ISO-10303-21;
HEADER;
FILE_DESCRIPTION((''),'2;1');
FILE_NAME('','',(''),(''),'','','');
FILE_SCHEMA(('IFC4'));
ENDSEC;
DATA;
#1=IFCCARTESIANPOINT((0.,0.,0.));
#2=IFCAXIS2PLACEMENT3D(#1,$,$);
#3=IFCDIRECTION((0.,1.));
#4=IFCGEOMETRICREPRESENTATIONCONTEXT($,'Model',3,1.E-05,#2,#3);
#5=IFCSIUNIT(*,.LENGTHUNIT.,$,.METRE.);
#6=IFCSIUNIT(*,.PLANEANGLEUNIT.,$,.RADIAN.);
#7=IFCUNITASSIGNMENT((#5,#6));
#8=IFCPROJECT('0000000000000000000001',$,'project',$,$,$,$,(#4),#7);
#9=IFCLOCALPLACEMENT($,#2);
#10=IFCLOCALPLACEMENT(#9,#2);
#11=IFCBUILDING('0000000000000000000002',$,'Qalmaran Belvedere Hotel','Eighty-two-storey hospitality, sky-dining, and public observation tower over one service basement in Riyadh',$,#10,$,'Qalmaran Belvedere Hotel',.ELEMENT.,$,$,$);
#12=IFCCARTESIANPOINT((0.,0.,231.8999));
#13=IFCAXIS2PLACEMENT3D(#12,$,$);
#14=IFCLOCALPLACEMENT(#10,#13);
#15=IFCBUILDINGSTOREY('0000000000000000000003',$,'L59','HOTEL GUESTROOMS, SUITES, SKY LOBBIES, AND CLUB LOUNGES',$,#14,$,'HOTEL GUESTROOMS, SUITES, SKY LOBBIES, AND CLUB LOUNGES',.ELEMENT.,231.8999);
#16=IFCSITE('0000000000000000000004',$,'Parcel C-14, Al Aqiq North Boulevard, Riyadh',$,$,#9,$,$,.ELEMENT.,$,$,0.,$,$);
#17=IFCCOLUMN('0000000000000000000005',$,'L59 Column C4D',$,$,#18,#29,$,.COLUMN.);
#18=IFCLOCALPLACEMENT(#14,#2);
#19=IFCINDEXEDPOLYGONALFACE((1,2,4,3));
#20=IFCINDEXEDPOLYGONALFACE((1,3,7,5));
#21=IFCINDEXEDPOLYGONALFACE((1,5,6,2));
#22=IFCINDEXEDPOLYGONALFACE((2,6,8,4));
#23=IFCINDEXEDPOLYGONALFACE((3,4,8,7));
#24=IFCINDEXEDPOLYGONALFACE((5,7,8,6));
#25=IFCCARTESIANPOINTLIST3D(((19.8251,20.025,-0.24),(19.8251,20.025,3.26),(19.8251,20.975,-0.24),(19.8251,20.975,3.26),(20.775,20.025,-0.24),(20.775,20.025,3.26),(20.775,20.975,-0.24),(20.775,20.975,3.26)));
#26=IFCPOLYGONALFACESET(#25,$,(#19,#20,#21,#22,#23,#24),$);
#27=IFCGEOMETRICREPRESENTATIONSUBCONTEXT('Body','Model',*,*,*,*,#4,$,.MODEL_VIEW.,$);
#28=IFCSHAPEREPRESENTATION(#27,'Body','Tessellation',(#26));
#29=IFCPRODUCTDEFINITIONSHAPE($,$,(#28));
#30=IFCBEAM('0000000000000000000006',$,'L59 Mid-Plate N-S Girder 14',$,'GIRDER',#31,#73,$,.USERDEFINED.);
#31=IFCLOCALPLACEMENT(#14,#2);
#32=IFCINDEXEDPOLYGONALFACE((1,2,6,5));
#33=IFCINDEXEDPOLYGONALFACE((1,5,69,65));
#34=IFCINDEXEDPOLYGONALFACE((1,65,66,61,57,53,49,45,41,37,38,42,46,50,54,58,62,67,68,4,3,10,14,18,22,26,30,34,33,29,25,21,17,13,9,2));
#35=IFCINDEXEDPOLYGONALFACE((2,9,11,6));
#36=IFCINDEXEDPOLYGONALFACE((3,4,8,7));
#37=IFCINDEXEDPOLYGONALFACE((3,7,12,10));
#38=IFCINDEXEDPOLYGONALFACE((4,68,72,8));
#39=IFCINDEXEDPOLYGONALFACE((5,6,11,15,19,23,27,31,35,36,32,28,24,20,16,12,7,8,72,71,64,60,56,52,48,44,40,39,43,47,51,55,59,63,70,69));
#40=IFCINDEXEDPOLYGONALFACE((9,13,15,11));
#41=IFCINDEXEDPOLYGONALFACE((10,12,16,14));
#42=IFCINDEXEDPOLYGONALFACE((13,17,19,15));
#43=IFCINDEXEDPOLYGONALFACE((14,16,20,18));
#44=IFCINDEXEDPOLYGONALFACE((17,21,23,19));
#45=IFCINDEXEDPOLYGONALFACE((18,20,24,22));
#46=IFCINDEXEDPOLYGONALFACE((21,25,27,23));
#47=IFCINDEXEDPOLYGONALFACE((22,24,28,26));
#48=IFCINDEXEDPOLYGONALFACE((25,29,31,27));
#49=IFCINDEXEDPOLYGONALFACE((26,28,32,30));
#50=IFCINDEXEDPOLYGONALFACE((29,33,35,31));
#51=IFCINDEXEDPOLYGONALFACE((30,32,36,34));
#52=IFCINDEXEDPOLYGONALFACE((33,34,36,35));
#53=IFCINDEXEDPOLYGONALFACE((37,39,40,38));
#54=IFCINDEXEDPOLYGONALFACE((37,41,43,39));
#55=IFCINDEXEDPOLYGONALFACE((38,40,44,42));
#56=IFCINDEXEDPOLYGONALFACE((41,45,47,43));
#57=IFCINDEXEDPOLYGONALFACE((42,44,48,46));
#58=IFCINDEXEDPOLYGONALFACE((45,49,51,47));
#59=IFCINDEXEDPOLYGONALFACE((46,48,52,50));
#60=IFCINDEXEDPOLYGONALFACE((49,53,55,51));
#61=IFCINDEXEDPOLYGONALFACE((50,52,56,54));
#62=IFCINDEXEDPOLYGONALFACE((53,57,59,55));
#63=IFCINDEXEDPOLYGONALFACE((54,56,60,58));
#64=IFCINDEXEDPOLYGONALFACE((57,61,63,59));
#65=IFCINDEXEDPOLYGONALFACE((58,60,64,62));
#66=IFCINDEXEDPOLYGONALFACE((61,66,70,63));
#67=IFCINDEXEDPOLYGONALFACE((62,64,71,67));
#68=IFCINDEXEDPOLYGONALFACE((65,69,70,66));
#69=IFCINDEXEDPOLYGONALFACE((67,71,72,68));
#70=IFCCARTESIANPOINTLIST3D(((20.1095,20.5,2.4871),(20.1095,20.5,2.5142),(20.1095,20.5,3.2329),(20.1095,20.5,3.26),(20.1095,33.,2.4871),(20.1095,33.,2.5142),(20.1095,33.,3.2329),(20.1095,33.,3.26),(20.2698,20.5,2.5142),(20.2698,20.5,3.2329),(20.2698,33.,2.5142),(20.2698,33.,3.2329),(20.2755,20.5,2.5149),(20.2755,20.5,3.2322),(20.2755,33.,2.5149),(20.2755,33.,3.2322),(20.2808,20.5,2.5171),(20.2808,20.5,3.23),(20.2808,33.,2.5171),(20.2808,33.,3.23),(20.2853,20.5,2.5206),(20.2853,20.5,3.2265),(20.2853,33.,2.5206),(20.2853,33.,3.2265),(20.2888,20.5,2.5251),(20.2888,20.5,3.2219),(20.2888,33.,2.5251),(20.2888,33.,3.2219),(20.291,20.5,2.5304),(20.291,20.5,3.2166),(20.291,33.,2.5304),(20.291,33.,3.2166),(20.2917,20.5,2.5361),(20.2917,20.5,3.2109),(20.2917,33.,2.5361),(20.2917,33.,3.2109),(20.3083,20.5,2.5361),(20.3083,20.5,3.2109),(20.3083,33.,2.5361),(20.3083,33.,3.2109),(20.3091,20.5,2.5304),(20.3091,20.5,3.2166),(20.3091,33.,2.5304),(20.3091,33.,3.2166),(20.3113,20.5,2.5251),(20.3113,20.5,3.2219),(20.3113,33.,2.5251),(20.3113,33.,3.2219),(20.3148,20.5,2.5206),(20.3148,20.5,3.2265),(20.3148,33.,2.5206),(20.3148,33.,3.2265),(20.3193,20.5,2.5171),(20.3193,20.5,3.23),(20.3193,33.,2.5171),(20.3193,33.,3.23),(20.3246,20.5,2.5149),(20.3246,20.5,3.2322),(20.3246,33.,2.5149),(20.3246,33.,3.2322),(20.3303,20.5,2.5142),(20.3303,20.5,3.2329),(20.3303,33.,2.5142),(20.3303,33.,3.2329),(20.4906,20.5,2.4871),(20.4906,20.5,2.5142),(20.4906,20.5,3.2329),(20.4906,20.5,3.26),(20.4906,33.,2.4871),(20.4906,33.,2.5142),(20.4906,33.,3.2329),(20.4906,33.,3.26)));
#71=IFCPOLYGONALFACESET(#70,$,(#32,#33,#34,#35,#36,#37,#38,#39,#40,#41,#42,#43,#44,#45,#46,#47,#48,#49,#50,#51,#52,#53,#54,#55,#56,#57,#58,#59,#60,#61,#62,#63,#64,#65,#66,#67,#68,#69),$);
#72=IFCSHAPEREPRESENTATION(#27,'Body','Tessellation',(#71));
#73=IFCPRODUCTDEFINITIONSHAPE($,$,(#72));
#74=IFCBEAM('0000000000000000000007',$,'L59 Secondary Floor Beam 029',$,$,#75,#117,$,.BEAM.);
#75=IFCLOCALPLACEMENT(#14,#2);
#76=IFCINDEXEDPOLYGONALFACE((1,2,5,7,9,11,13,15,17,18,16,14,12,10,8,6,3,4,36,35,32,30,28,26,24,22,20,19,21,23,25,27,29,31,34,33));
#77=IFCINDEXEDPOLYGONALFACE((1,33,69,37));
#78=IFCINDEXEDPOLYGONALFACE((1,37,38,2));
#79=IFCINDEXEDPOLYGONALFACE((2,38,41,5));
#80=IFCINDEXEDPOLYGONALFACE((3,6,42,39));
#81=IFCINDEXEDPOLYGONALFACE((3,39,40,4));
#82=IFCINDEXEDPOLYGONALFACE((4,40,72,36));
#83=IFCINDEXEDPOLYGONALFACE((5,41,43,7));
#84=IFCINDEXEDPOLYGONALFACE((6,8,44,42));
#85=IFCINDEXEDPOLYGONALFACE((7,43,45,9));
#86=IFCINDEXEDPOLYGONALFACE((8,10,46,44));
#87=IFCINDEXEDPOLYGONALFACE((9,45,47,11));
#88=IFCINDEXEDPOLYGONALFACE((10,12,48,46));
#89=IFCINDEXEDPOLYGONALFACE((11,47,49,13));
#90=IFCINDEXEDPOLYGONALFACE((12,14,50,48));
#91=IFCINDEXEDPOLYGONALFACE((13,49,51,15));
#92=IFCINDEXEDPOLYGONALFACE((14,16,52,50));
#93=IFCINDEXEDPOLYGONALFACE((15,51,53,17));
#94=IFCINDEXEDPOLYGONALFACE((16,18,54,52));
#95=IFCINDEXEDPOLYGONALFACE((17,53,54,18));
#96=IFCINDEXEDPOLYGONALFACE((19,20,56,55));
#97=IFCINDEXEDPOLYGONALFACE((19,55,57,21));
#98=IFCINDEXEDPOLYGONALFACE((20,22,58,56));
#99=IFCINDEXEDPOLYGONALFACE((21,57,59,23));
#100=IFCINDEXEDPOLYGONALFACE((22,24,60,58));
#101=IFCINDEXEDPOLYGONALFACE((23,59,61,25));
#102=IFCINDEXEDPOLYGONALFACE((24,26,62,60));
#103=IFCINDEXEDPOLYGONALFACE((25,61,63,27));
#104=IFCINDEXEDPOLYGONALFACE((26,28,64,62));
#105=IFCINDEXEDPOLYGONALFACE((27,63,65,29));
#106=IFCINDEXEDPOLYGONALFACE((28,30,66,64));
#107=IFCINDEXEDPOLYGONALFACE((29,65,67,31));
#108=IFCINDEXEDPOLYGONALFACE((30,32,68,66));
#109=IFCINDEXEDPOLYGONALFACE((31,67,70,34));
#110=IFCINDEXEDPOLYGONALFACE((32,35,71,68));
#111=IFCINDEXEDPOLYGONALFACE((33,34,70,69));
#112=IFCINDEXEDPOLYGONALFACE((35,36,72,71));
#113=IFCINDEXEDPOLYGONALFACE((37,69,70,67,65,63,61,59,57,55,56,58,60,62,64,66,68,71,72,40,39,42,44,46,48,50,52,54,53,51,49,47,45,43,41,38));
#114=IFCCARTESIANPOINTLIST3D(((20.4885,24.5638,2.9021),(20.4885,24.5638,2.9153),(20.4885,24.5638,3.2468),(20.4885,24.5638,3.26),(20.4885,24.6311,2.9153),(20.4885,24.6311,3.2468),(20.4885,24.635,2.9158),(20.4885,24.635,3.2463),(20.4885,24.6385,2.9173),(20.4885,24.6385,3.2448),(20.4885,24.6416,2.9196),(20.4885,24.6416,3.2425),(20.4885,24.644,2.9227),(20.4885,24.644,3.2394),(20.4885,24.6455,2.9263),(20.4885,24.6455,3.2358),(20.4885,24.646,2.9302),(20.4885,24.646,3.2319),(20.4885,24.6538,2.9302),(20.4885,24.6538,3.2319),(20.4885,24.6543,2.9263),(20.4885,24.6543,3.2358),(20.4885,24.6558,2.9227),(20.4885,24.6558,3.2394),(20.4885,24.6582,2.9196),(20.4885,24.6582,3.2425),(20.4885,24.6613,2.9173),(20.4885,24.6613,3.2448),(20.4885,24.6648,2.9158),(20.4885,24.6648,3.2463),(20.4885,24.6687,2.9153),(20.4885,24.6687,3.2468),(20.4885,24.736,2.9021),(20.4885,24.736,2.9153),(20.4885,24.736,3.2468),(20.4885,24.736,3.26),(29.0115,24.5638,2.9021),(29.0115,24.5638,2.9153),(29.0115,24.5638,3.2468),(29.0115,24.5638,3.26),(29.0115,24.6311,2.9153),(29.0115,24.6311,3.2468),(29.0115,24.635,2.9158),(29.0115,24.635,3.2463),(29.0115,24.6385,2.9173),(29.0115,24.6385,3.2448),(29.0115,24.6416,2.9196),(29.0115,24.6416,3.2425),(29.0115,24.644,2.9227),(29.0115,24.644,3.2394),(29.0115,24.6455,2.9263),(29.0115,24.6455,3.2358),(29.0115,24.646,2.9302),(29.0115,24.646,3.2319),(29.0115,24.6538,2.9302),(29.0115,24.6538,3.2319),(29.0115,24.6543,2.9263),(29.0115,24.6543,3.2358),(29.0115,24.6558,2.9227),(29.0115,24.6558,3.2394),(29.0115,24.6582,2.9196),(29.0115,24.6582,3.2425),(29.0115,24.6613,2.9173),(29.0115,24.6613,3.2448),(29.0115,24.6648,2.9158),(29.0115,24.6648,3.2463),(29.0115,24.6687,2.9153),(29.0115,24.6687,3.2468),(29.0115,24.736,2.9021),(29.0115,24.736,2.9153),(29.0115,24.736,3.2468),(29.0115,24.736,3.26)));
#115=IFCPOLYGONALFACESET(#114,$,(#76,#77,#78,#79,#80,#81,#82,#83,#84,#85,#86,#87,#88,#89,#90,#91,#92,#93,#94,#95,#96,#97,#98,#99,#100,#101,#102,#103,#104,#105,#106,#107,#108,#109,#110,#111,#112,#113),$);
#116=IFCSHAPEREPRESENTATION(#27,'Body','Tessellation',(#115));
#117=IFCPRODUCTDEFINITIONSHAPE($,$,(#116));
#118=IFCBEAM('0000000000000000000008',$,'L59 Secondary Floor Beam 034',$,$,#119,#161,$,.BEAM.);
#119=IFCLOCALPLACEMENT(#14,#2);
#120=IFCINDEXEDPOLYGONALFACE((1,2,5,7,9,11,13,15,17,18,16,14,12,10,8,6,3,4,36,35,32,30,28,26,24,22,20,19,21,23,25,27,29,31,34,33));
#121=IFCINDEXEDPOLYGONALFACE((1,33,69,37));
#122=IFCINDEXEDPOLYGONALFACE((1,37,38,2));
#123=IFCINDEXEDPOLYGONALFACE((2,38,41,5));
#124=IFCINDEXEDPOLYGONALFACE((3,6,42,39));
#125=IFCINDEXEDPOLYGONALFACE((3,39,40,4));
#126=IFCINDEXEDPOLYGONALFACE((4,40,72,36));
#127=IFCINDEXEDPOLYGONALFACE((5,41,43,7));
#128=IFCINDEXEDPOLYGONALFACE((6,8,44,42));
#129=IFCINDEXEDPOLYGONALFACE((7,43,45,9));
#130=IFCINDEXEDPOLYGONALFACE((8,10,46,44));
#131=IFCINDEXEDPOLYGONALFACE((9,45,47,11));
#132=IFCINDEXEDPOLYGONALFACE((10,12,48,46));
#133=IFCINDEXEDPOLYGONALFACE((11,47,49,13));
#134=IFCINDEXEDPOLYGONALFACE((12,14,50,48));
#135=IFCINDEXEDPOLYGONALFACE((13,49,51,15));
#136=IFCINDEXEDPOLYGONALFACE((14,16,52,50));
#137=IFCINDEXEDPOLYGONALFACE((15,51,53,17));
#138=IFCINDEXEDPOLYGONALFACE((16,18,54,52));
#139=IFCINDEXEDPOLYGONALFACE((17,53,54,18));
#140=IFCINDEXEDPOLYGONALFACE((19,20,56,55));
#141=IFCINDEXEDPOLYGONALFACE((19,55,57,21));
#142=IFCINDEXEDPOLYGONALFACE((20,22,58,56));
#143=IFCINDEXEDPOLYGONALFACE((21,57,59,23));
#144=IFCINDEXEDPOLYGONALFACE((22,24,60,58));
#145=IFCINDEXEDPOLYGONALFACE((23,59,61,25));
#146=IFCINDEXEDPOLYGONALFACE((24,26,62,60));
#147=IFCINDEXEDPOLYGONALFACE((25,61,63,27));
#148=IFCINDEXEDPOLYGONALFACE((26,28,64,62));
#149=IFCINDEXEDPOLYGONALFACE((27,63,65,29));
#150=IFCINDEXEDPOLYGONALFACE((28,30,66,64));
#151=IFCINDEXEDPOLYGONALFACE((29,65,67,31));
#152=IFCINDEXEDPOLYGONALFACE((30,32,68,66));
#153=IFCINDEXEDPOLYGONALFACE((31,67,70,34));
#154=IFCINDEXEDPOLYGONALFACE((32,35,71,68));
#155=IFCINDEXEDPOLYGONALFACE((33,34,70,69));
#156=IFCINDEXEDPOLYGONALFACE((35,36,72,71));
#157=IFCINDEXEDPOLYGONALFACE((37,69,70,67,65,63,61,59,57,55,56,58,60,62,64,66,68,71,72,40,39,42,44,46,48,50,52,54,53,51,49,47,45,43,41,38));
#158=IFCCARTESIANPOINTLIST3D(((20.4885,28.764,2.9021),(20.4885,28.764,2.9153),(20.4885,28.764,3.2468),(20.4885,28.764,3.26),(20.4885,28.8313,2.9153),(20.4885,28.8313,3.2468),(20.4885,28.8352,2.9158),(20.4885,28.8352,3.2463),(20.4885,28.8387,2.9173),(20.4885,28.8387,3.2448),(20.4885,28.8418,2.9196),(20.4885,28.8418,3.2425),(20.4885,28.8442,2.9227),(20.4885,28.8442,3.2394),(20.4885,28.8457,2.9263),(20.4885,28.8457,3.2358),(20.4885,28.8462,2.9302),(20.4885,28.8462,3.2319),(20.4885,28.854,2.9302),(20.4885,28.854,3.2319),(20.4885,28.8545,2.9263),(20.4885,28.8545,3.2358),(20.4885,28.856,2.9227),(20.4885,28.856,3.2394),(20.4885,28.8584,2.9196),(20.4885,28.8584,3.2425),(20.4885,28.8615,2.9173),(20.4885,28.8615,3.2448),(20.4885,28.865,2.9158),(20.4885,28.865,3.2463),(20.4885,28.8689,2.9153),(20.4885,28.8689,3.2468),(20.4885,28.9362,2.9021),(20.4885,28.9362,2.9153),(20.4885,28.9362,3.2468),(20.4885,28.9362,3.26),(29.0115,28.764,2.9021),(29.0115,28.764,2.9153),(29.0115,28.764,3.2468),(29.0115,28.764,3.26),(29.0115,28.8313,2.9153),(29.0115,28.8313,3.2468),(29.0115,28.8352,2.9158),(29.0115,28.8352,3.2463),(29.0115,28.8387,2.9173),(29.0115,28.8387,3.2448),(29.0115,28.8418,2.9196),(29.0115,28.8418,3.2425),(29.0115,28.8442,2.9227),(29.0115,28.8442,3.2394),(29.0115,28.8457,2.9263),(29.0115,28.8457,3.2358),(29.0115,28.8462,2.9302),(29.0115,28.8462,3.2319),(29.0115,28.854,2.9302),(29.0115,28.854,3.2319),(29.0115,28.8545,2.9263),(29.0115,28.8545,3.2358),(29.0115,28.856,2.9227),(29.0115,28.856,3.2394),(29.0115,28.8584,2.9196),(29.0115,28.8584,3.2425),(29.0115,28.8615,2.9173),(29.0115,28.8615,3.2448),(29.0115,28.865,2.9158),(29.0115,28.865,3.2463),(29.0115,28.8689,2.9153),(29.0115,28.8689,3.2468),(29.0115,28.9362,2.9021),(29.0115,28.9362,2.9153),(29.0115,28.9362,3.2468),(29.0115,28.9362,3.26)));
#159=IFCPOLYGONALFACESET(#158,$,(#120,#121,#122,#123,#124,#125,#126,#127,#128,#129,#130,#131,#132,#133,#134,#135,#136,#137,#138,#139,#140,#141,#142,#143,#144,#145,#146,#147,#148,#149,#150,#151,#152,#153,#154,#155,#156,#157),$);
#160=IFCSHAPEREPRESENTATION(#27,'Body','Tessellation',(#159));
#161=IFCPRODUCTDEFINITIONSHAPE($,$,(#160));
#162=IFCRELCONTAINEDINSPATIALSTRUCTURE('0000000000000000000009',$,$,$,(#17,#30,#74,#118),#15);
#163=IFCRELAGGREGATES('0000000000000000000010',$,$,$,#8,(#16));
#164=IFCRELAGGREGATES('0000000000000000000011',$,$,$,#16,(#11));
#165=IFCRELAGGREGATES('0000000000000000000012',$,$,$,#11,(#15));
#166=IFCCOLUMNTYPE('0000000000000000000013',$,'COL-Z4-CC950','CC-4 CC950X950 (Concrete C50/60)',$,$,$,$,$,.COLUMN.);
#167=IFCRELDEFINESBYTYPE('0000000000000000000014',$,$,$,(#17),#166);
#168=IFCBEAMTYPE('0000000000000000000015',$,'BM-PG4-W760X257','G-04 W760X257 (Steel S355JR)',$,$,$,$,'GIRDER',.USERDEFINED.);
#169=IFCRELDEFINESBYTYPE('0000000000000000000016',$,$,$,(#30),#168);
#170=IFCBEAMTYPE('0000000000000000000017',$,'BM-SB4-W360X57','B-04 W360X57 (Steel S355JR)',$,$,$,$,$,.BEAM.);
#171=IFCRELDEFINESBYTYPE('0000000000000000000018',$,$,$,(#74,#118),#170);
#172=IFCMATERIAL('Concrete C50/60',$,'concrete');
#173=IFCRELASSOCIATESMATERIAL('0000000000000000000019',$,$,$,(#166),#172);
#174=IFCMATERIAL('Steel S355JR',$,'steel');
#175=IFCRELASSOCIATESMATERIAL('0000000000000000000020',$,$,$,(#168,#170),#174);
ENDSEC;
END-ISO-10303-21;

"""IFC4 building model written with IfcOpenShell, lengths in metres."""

from ifc_helpers import new_model, si_unit, direction, frame, origin, origin_2d, place, context, subcontext, project, spatial, rectangle, i_section, extrude, material, material_profile, profile_set, type_object, element, save


model = new_model("IFC4")

# Units and contexts
model_context = context("Model", 3, precision=1e-05, world=origin(), true_north=direction((0.0, 1.0)))
body_context = subcontext(model_context, "Body", "Model", "MODEL_VIEW")
ifc_project = project(units=[si_unit("LENGTHUNIT", "METRE"), si_unit("PLANEANGLEUNIT", "RADIAN")], contexts=[model_context])

# Site, building, storey
site_placement = place(None, origin())
site = spatial("IfcSite", under=ifc_project, at=site_placement, Name="Parcel C-14, Al Aqiq North Boulevard, Riyadh", CompositionType="ELEMENT", RefElevation=0.0)
building_placement = place(site_placement, origin())
building = spatial("IfcBuilding", under=site, at=building_placement, Name="Qalmaran Belvedere Hotel", Description="Eighty-two-storey hospitality, sky-dining, and public observation tower over one service basement in Riyadh", LongName="Qalmaran Belvedere Hotel", CompositionType="ELEMENT")
storey_placement = place(building_placement, frame((0.0, 0.0, 231.8999)))
storey = spatial("IfcBuildingStorey", under=building, at=storey_placement, Name="L59", Description="HOTEL GUESTROOMS, SUITES, SKY LOBBIES, AND CLUB LOUNGES", LongName="HOTEL GUESTROOMS, SUITES, SKY LOBBIES, AND CLUB LOUNGES", CompositionType="ELEMENT", Elevation=231.8999)

# Column
ifc_material_1 = material(Name="Concrete C50/60", Category="concrete")
ifc_material_profile_1 = material_profile(ifc_material_1, rectangle(XDim=0.95, YDim=0.95, at=origin_2d()), Name="CC950X950")
ifc_profile_set_1 = profile_set([ifc_material_profile_1], Name="Concrete C50/60")
column_type = type_object("IfcColumnType", Name="COL-Z4-CC950", Description="CC-4 CC950X950 (Concrete C50/60)", PredefinedType="COLUMN", material=ifc_profile_set_1)
column_placement = place(storey_placement, frame((20.3, 20.5, -0.24), z_axis=(0.0, 0.0, 1.0), x_axis=(1.0, 0.0, 0.0)))
element("IfcColumn", 1, at=column_placement, inside=storey, type_object=column_type, Name="L59 Column C4D", PredefinedType="COLUMN", context=body_context, shape_type="SweptSolid", body=[
    extrude(rectangle(XDim=0.95, YDim=0.95, at=origin_2d()), origin(), (0.0, 0.0, 1.0), 3.5),
])

# Beams
ifc_material_2 = material(Name="Steel S355JR", Category="steel")
ifc_material_profile_2 = material_profile(ifc_material_2, i_section(OverallWidth=0.3811, OverallDepth=0.7729, WebThickness=0.0166, FlangeThickness=0.0271, FilletRadius=0.022, at=origin_2d()), Name="W760X257")
ifc_profile_set_2 = profile_set([ifc_material_profile_2], Name="Steel S355JR")
beam_type_1 = type_object("IfcBeamType", Name="BM-PG4-W760X257", Description="G-04 W760X257 (Steel S355JR)", ElementType="GIRDER", PredefinedType="USERDEFINED", material=ifc_profile_set_2)
beam_1_placement = place(storey_placement, frame((20.3, 20.5, 2.8735), z_axis=(0.0, 1.0, 0.0), x_axis=(-1.0, 0.0, 0.0)))
element("IfcBeam", 2, at=beam_1_placement, inside=storey, type_object=beam_type_1, Name="L59 Mid-Plate N-S Girder 14", ObjectType="GIRDER", PredefinedType="USERDEFINED", context=body_context, shape_type="SweptSolid", body=[
    extrude(i_section(OverallWidth=0.3811, OverallDepth=0.7729, WebThickness=0.0166, FlangeThickness=0.0271, FilletRadius=0.022, at=origin_2d()), origin(), (0.0, 0.0, 1.0), 12.5),
])
ifc_material_profile_3 = material_profile(ifc_material_2, i_section(OverallWidth=0.1721, OverallDepth=0.3579, WebThickness=0.0078, FlangeThickness=0.0132, FilletRadius=0.0149, at=origin_2d()), Name="W360X57")
ifc_profile_set_3 = profile_set([ifc_material_profile_3], Name="Steel S355JR")
beam_type_2 = type_object("IfcBeamType", Name="BM-SB4-W360X57", Description="B-04 W360X57 (Steel S355JR)", PredefinedType="BEAM", material=ifc_profile_set_3)
for number, where, z_axis, x_axis, name in (
    (3, (20.4885, 24.6499, 3.0811), (1.0, 0.0, 0.0), (0.0, 1.0, 0.0), "L59 Secondary Floor Beam 029"),
    (4, (20.4885, 28.8501, 3.0811), (1.0, 0.0, 0.0), (0.0, 1.0, 0.0), "L59 Secondary Floor Beam 034"),
):
    element("IfcBeam", number, at=place(storey_placement, frame(where, z_axis=z_axis, x_axis=x_axis)), inside=storey, type_object=beam_type_2, Name=name, PredefinedType="BEAM", context=body_context, shape_type="SweptSolid", body=[
        extrude(i_section(OverallWidth=0.1721, OverallDepth=0.3579, WebThickness=0.0078, FlangeThickness=0.0132, FilletRadius=0.0149, at=origin_2d()), origin(), (0.0, 0.0, 1.0), 8.5229),
    ])

save(model, "model.ifc")
